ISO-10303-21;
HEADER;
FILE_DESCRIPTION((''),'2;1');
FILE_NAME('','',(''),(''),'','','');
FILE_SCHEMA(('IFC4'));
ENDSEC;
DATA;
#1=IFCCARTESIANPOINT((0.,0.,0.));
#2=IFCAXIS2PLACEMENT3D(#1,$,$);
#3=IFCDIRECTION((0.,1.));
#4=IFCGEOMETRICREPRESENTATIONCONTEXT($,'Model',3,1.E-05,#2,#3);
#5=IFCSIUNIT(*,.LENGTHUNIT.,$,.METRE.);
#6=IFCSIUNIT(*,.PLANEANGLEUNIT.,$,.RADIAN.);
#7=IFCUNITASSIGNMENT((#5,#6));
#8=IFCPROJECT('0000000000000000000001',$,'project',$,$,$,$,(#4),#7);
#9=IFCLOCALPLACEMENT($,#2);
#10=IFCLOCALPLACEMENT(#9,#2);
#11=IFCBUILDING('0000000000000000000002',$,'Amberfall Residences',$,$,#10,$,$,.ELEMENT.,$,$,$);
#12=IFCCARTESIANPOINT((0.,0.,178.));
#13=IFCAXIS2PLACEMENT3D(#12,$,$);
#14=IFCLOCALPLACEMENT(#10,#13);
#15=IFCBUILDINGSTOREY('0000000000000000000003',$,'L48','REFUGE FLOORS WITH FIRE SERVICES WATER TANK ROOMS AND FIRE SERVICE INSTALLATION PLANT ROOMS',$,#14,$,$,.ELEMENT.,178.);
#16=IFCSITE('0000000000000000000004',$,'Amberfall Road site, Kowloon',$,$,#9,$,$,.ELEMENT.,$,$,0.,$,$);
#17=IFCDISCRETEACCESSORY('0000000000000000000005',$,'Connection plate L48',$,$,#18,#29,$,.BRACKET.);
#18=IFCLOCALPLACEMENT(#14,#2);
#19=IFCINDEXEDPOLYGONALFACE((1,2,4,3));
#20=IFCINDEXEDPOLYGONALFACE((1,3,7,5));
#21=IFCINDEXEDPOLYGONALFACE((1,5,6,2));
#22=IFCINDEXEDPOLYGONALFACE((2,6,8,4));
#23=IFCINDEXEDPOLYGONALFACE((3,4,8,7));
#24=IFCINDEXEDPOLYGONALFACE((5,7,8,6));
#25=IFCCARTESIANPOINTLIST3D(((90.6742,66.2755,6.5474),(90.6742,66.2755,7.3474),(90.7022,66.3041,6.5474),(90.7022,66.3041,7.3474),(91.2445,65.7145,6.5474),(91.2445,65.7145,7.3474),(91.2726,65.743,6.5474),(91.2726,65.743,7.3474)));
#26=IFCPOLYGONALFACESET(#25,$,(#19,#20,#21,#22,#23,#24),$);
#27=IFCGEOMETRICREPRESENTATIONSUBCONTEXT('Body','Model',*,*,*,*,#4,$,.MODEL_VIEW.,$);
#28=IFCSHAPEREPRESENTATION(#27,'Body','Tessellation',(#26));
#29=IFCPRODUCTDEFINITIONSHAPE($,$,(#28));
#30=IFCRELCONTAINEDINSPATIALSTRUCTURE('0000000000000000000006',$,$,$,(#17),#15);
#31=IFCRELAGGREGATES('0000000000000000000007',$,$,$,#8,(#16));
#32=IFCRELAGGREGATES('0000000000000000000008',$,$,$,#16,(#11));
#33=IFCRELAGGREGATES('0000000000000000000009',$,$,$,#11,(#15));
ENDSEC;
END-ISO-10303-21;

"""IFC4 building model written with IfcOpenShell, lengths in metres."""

from ifc_helpers import new_model, si_unit, direction, frame, origin, origin_2d, place, context, subcontext, project, spatial, rectangle, extrude, element, save


model = new_model("IFC4")

# Units and contexts
model_context = context("Model", 3, precision=1e-05, world=origin(), true_north=direction((0.0, 1.0)))
body_context = subcontext(model_context, "Body", "Model", "MODEL_VIEW")
ifc_project = project(units=[si_unit("LENGTHUNIT", "METRE"), si_unit("PLANEANGLEUNIT", "RADIAN")], contexts=[model_context])

# Site, building, storey
site_placement = place(None, origin())
site = spatial("IfcSite", under=ifc_project, at=site_placement, Name="Amberfall Road site, Kowloon", CompositionType="ELEMENT", RefElevation=0.0)
building_placement = place(site_placement, origin())
building = spatial("IfcBuilding", under=site, at=building_placement, Name="Amberfall Residences", CompositionType="ELEMENT")
storey_placement = place(building_placement, frame((0.0, 0.0, 178.0)))
storey = spatial("IfcBuildingStorey", under=building, at=storey_placement, Name="L48", Description="REFUGE FLOORS WITH FIRE SERVICES WATER TANK ROOMS AND FIRE SERVICE INSTALLATION PLANT ROOMS", CompositionType="ELEMENT", Elevation=178.0)

# Discrete accessory
discrete_accessory_1_placement = place(storey_placement, frame((90.9734, 66.0093, 6.5474), z_axis=(0.0, 0.0, 1.0), x_axis=(-0.71292, 0.701245, 0.0)))
element("IfcDiscreteAccessory", 1, at=discrete_accessory_1_placement, inside=storey, Name="Connection plate L48", PredefinedType="BRACKET", context=body_context, shape_type="SweptSolid", body=[
    extrude(rectangle(XDim=0.8, YDim=0.04, at=origin_2d()), origin(), (0.0, 0.0, 1.0), 0.8),
])

save(model, "model.ifc")
